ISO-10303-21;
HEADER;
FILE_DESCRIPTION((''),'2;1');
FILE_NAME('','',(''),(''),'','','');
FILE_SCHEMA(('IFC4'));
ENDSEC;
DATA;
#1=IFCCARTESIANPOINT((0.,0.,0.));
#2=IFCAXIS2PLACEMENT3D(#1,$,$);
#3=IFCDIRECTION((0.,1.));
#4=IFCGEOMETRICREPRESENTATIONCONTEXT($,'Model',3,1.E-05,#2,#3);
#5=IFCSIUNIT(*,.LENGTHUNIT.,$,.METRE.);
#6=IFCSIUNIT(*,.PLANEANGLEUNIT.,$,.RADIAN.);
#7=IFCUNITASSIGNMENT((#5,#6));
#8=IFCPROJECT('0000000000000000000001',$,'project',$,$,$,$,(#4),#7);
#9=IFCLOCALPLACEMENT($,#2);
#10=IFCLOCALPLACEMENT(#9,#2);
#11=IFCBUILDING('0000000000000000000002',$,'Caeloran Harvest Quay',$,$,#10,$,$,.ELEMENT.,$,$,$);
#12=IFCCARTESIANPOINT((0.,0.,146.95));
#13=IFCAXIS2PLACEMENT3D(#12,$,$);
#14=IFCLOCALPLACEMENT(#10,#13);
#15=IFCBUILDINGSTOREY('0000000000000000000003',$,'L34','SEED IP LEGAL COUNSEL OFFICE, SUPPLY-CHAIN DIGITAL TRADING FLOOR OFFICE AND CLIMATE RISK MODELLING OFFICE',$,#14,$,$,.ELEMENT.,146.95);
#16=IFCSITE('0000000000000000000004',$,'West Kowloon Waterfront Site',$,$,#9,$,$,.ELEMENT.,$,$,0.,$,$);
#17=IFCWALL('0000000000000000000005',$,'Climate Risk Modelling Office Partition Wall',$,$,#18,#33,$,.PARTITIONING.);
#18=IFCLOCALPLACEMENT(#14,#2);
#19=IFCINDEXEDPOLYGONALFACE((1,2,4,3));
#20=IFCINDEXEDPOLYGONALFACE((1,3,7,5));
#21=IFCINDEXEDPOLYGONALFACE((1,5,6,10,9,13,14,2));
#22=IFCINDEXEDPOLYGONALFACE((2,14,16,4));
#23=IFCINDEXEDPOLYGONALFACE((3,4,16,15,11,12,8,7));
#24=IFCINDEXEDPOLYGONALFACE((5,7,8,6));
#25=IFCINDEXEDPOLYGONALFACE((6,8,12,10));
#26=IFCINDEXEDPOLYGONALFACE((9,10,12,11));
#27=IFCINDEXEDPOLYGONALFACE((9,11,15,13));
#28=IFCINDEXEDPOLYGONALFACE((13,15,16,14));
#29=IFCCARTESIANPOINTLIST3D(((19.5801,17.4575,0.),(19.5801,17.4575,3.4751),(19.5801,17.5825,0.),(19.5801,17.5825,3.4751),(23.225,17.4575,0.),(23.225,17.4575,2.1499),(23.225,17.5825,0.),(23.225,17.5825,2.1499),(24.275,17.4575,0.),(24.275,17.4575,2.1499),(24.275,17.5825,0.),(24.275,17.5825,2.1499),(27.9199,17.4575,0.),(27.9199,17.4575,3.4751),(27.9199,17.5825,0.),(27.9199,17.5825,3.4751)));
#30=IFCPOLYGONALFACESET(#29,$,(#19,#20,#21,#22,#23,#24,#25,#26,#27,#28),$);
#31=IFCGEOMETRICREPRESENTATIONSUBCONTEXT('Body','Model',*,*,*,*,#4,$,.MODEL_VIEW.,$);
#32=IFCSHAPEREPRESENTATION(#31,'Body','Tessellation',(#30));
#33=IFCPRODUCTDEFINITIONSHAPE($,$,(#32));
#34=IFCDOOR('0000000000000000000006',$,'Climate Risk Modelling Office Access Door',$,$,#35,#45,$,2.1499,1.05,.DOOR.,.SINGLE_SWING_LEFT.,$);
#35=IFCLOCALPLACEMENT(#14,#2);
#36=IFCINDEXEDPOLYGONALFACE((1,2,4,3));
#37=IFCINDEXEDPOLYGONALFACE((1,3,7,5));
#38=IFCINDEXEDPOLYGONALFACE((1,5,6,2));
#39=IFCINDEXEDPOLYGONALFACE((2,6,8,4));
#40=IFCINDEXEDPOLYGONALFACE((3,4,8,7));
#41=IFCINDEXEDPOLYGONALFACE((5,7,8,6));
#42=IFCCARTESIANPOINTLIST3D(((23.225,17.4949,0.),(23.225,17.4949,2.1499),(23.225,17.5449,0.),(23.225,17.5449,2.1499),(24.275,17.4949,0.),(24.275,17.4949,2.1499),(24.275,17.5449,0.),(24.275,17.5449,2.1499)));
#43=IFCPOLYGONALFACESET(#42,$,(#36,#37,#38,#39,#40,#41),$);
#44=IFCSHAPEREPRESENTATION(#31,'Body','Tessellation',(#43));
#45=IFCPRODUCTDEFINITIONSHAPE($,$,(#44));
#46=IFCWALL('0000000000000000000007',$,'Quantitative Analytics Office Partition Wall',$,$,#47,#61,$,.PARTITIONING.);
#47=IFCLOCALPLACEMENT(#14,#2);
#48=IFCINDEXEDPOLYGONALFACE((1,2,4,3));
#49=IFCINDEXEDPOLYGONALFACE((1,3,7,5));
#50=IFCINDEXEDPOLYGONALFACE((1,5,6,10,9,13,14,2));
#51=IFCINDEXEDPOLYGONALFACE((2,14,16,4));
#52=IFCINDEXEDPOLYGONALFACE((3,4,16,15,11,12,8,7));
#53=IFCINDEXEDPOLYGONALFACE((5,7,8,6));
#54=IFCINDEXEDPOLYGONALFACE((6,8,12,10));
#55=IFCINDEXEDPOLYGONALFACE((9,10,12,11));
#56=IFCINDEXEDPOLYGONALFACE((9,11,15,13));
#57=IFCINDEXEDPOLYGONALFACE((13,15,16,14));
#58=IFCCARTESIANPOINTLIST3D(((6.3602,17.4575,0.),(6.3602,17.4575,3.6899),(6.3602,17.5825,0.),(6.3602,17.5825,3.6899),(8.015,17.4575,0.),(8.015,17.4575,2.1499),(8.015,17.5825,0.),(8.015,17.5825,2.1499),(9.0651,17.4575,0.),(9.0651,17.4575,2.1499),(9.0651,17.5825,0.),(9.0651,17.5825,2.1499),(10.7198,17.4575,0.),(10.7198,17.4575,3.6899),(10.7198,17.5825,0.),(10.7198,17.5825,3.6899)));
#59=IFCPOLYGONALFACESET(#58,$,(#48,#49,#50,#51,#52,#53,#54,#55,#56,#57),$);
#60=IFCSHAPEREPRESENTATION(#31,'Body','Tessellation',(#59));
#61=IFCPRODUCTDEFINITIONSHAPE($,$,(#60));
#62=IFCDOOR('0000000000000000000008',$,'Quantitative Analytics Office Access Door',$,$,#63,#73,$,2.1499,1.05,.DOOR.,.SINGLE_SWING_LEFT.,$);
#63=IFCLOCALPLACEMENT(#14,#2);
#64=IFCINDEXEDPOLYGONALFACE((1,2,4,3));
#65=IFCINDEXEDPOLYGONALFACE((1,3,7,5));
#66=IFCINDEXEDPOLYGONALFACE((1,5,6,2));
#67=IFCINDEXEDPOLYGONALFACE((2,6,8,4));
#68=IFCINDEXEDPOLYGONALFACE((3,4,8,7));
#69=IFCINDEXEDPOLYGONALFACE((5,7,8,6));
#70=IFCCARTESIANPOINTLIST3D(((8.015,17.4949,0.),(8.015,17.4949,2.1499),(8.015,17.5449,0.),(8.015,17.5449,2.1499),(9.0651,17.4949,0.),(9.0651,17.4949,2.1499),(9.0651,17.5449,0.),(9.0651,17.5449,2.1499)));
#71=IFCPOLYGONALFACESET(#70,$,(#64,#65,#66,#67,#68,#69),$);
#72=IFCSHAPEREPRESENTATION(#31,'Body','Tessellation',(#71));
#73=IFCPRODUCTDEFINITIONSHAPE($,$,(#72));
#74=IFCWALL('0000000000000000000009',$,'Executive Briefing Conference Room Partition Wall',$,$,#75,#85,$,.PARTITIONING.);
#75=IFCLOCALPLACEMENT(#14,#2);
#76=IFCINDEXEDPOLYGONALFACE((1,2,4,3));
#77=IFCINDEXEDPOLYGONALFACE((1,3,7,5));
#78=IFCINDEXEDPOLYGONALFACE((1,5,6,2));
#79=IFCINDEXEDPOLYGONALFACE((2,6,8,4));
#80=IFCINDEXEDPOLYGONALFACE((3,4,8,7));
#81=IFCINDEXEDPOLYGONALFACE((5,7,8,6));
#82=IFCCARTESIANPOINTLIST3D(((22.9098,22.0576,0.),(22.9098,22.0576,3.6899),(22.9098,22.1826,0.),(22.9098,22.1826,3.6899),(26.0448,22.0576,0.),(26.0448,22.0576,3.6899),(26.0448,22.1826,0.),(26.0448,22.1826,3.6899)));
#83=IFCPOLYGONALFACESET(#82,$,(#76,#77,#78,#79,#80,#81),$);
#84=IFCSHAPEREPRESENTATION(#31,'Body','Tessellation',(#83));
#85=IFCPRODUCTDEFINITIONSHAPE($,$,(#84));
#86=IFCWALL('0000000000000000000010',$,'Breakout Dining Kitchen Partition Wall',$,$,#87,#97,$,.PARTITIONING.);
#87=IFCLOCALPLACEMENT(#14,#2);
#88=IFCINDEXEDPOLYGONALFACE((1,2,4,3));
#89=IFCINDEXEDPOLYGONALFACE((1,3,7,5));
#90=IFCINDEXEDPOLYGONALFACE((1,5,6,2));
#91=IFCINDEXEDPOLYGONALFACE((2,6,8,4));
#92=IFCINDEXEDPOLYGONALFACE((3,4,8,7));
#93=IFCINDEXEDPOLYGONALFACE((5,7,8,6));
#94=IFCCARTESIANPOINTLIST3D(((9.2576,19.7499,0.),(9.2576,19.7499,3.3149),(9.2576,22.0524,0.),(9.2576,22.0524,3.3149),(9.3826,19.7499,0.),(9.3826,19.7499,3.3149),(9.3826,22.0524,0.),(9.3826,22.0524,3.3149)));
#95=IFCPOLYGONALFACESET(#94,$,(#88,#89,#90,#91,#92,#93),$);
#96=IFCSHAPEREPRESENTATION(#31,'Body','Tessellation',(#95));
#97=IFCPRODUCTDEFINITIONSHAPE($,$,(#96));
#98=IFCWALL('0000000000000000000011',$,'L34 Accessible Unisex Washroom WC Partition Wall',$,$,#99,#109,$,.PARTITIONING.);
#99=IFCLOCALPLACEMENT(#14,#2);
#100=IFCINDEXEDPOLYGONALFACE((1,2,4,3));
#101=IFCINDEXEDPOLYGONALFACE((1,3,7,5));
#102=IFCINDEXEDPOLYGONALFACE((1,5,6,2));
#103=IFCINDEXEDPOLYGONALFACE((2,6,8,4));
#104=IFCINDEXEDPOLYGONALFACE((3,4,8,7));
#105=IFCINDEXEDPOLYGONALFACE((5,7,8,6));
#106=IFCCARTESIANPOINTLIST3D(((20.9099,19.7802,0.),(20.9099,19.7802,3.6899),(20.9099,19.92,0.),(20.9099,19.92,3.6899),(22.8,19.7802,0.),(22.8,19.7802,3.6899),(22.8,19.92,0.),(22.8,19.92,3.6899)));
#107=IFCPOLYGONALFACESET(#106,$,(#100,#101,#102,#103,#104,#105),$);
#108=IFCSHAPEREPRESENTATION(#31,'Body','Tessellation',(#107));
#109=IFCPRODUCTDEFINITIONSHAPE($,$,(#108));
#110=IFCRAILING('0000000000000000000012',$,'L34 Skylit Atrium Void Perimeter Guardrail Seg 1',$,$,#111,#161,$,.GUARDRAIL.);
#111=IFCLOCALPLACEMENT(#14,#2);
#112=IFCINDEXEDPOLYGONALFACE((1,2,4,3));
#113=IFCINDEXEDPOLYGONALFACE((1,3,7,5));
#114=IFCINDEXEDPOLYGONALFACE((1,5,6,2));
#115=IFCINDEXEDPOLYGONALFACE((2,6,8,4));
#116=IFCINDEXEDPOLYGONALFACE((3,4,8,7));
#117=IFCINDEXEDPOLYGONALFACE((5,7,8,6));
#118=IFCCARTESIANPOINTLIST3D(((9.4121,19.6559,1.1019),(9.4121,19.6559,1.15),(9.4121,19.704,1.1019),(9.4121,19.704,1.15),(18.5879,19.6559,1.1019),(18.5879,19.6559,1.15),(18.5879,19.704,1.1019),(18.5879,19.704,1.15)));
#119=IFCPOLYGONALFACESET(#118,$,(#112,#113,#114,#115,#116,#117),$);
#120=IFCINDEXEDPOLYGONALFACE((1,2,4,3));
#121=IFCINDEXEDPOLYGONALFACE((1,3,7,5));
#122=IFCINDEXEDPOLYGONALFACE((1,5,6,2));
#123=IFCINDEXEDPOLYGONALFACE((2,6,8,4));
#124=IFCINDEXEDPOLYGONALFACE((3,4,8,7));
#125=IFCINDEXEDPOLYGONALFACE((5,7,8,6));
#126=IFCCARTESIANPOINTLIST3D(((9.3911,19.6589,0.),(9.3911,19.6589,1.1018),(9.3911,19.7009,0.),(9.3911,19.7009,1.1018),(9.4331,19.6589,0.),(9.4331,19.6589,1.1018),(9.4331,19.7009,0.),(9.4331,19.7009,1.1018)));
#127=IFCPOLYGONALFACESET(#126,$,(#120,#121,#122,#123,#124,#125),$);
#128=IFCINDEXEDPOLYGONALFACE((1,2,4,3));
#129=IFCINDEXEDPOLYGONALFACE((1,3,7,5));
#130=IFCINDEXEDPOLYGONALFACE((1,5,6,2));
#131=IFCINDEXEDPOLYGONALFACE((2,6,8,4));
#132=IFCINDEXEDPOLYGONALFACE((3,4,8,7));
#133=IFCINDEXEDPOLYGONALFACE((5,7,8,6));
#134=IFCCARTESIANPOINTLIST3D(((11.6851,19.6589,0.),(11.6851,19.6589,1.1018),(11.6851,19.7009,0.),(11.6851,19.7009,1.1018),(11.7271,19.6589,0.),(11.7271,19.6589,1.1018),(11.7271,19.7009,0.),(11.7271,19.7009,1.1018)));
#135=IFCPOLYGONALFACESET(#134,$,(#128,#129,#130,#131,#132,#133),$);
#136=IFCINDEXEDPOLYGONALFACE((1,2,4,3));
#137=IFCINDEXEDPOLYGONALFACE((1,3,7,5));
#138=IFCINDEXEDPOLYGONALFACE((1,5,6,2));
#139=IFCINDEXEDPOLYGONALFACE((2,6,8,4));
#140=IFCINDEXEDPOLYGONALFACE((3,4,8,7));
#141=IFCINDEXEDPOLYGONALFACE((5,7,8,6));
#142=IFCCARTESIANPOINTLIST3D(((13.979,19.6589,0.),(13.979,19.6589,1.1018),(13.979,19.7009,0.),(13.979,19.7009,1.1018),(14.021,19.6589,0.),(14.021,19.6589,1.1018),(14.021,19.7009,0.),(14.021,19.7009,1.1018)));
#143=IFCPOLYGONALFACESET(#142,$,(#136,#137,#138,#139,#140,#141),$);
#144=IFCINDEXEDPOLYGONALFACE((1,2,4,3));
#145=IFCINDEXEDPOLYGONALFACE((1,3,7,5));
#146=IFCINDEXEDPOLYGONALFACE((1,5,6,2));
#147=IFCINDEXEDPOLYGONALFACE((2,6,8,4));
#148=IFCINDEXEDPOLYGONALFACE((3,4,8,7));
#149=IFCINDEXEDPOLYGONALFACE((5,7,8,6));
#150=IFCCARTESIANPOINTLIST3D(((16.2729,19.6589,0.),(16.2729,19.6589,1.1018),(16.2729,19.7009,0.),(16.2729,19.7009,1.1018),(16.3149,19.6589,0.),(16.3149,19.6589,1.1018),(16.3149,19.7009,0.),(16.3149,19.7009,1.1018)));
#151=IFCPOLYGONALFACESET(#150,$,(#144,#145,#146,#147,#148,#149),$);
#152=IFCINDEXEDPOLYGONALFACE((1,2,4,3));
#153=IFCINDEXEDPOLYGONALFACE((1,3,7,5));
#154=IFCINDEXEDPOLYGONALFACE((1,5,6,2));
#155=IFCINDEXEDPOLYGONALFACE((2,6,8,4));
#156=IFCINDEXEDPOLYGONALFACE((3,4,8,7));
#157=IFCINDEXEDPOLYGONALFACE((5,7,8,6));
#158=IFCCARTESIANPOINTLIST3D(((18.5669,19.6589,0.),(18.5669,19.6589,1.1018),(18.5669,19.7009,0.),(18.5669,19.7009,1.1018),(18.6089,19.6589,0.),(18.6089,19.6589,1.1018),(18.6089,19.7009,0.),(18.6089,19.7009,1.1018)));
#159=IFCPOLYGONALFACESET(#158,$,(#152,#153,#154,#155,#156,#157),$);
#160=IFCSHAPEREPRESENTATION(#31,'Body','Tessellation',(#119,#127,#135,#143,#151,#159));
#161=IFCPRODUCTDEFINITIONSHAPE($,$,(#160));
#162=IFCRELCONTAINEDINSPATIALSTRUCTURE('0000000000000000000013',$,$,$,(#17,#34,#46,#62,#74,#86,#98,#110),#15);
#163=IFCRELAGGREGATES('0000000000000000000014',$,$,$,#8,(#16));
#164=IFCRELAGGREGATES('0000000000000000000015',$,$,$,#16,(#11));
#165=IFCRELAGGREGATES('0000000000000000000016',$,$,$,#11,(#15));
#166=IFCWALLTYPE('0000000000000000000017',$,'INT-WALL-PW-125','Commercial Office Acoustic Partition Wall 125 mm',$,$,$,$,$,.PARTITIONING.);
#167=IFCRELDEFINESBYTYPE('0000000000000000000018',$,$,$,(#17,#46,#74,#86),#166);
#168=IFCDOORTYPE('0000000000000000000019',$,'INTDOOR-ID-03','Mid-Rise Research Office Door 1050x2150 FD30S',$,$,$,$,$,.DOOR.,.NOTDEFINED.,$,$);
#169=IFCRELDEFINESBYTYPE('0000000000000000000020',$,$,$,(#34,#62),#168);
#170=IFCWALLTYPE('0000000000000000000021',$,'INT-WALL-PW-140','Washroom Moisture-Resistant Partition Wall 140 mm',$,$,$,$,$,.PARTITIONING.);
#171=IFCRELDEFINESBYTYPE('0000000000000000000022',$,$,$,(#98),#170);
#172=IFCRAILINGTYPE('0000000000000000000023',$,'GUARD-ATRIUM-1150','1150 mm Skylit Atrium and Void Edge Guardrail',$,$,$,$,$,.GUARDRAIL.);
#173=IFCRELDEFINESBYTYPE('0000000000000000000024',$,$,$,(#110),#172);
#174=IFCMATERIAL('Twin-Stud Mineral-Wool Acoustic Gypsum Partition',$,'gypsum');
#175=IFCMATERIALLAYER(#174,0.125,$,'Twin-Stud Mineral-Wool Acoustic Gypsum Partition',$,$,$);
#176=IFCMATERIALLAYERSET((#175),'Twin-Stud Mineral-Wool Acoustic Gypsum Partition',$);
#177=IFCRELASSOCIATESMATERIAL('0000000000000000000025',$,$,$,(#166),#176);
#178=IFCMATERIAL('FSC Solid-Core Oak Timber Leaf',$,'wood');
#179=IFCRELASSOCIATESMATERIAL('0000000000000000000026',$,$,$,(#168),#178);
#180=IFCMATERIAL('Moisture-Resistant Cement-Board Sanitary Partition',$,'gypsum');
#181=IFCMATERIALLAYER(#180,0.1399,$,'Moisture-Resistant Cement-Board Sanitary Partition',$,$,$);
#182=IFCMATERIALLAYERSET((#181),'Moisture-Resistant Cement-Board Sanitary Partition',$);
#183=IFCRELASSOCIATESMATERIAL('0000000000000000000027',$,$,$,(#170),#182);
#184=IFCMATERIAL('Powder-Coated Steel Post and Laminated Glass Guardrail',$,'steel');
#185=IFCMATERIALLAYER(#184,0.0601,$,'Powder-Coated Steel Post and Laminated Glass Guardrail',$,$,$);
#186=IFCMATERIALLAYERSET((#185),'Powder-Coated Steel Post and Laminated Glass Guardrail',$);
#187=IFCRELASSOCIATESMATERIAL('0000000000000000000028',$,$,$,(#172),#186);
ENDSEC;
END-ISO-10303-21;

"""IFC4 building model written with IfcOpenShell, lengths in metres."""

from ifc_helpers import new_model, si_unit, direction, frame, frame_2d, origin, origin_2d, place, context, subcontext, project, spatial, rectangle, extrude, material, layer, layer_set, type_object, element, fill, save


model = new_model("IFC4")

# Units and contexts
model_context = context("Model", 3, precision=1e-05, world=origin(), true_north=direction((0.0, 1.0)))
body_context = subcontext(model_context, "Body", "Model", "MODEL_VIEW")
ifc_project = project(units=[si_unit("LENGTHUNIT", "METRE"), si_unit("PLANEANGLEUNIT", "RADIAN")], contexts=[model_context])

# Site, building, storey
site_placement = place(None, origin())
site = spatial("IfcSite", under=ifc_project, at=site_placement, Name="West Kowloon Waterfront Site", CompositionType="ELEMENT", RefElevation=0.0)
building_placement = place(site_placement, origin())
building = spatial("IfcBuilding", under=site, at=building_placement, Name="Caeloran Harvest Quay", CompositionType="ELEMENT")
storey_placement = place(building_placement, frame((0.0, 0.0, 146.95)))
storey = spatial("IfcBuildingStorey", under=building, at=storey_placement, Name="L34", Description="SEED IP LEGAL COUNSEL OFFICE, SUPPLY-CHAIN DIGITAL TRADING FLOOR OFFICE AND CLIMATE RISK MODELLING OFFICE", CompositionType="ELEMENT", Elevation=146.95)

# Shared definitions
ifc_material_1 = material(Name="Twin-Stud Mineral-Wool Acoustic Gypsum Partition", Category="gypsum")
ifc_layer_1 = layer(ifc_material_1, 0.125, Name="Twin-Stud Mineral-Wool Acoustic Gypsum Partition")
ifc_layer_set_1 = layer_set([ifc_layer_1], Name="Twin-Stud Mineral-Wool Acoustic Gypsum Partition")
wall_type_1 = type_object("IfcWallType", Name="INT-WALL-PW-125", Description="Commercial Office Acoustic Partition Wall 125 mm", PredefinedType="PARTITIONING", material=ifc_layer_set_1)
ifc_material_2 = material(Name="FSC Solid-Core Oak Timber Leaf", Category="wood")
door_type_1 = type_object("IfcDoorType", Name="INTDOOR-ID-03", Description="Mid-Rise Research Office Door 1050x2150 FD30S", OperationType="NOTDEFINED", PredefinedType="DOOR", material=ifc_material_2)

# Walls, openings, doors
wall_1_placement = place(storey_placement, frame((19.5801, 17.52, 0.0), z_axis=(0.0, 0.0, 1.0), x_axis=(1.0, 0.0, 0.0)))
wall_1 = element("IfcWall", 1, at=wall_1_placement, inside=storey, type_object=wall_type_1, Name="Climate Risk Modelling Office Partition Wall", PredefinedType="PARTITIONING", context=body_context, shape_type="SweptSolid", body=[
    extrude(rectangle(XDim=8.3398, YDim=0.125, at=frame_2d((4.1699, 0.0))), origin(), (0.0, 0.0, 1.0), 3.4751),
])
opening_1_placement = place(wall_1_placement, frame((3.645, 0.0, 0.0)))
opening_1 = element("IfcOpeningElement", 2, at=opening_1_placement, cuts=wall_1, PredefinedType="OPENING", context=body_context, shape_type="SweptSolid", body=[
    extrude(rectangle(XDim=1.05, YDim=2.1499, at=frame_2d((0.5249, 1.075))), frame((0.0, 0.0725, 0.0), z_axis=(0.0, -1.0, 0.0), x_axis=(1.0, 0.0, 0.0)), (0.0, 0.0, 1.0), 0.145),
])
door_1_placement = place(opening_1_placement, origin())
door_1 = element("IfcDoor", 3, at=door_1_placement, inside=storey, type_object=door_type_1, Name="Climate Risk Modelling Office Access Door", OperationType="SINGLE_SWING_LEFT", OverallHeight=2.1499, OverallWidth=1.05, PredefinedType="DOOR", context=body_context, shape_type="SweptSolid", body=[
    extrude(rectangle(XDim=1.05, YDim=2.1499, at=frame_2d((0.5249, 1.075))), frame((0.0, 0.0249, 0.0), z_axis=(0.0, -1.0, 0.0), x_axis=(1.0, 0.0, 0.0)), (0.0, 0.0, 1.0), 0.05),
])
fill(opening_1, door_1)
wall_2_placement = place(storey_placement, frame((6.3604, 17.52, 0.0), z_axis=(0.0, 0.0, 1.0), x_axis=(1.0, 0.0, 0.0)))
wall_2 = element("IfcWall", 4, at=wall_2_placement, inside=storey, type_object=wall_type_1, Name="Quantitative Analytics Office Partition Wall", PredefinedType="PARTITIONING", context=body_context, shape_type="SweptSolid", body=[
    extrude(rectangle(XDim=4.3596, YDim=0.125, at=frame_2d((2.1797, 0.0))), origin(), (0.0, 0.0, 1.0), 3.6899),
])
opening_2_placement = place(wall_2_placement, frame((1.6548, 0.0, 0.0)))
opening_2 = element("IfcOpeningElement", 5, at=opening_2_placement, cuts=wall_2, PredefinedType="OPENING", context=body_context, shape_type="SweptSolid", body=[
    extrude(rectangle(XDim=1.05, YDim=2.1499, at=frame_2d((0.5249, 1.075))), frame((0.0, 0.0725, 0.0), z_axis=(0.0, -1.0, 0.0), x_axis=(1.0, 0.0, 0.0)), (0.0, 0.0, 1.0), 0.145),
])
door_2_placement = place(opening_2_placement, origin())
door_2 = element("IfcDoor", 6, at=door_2_placement, inside=storey, type_object=door_type_1, Name="Quantitative Analytics Office Access Door", OperationType="SINGLE_SWING_LEFT", OverallHeight=2.1499, OverallWidth=1.05, PredefinedType="DOOR", context=body_context, shape_type="SweptSolid", body=[
    extrude(rectangle(XDim=1.05, YDim=2.1499, at=frame_2d((0.5249, 1.075))), frame((0.0, 0.0249, 0.0), z_axis=(0.0, -1.0, 0.0), x_axis=(1.0, 0.0, 0.0)), (0.0, 0.0, 1.0), 0.05),
])
fill(opening_2, door_2)

# Walls
wall_3_placement = place(storey_placement, frame((22.9099, 22.1201, 0.0), z_axis=(0.0, 0.0, 1.0), x_axis=(1.0, 0.0, 0.0)))
element("IfcWall", 7, at=wall_3_placement, inside=storey, type_object=wall_type_1, Name="Executive Briefing Conference Room Partition Wall", PredefinedType="PARTITIONING", context=body_context, shape_type="SweptSolid", body=[
    extrude(rectangle(XDim=3.135, YDim=0.125, at=frame_2d((1.5674, 0.0))), origin(), (0.0, 0.0, 1.0), 3.6899),
])
wall_4_placement = place(storey_placement, frame((9.3201, 22.0525, 0.0), z_axis=(0.0, 0.0, 1.0), x_axis=(0.0, -1.0, 0.0)))
element("IfcWall", 8, at=wall_4_placement, inside=storey, type_object=wall_type_1, Name="Breakout Dining Kitchen Partition Wall", PredefinedType="PARTITIONING", context=body_context, shape_type="SweptSolid", body=[
    extrude(rectangle(XDim=2.3025, YDim=0.125, at=frame_2d((1.1514, 0.0))), origin(), (0.0, 0.0, 1.0), 3.3149),
])

# Wall
ifc_material_3 = material(Name="Moisture-Resistant Cement-Board Sanitary Partition", Category="gypsum")
ifc_layer_2 = layer(ifc_material_3, 0.1399, Name="Moisture-Resistant Cement-Board Sanitary Partition")
ifc_layer_set_2 = layer_set([ifc_layer_2], Name="Moisture-Resistant Cement-Board Sanitary Partition")
wall_type_2 = type_object("IfcWallType", Name="INT-WALL-PW-140", Description="Washroom Moisture-Resistant Partition Wall 140 mm", PredefinedType="PARTITIONING", material=ifc_layer_set_2)
wall_5_placement = place(storey_placement, frame((22.8, 19.8501, 0.0), z_axis=(0.0, 0.0, 1.0), x_axis=(-1.0, 0.0, 0.0)))
element("IfcWall", 9, at=wall_5_placement, inside=storey, type_object=wall_type_2, Name="L34 Accessible Unisex Washroom WC Partition Wall", PredefinedType="PARTITIONING", context=body_context, shape_type="SweptSolid", body=[
    extrude(rectangle(XDim=1.8901, YDim=0.1399, at=frame_2d((0.9451, 0.0))), origin(), (0.0, 0.0, 1.0), 3.6899),
])

# Railing
ifc_material_4 = material(Name="Powder-Coated Steel Post and Laminated Glass Guardrail", Category="steel")
ifc_layer_3 = layer(ifc_material_4, 0.0601, Name="Powder-Coated Steel Post and Laminated Glass Guardrail")
ifc_layer_set_3 = layer_set([ifc_layer_3], Name="Powder-Coated Steel Post and Laminated Glass Guardrail")
railing_type = type_object("IfcRailingType", Name="GUARD-ATRIUM-1150", Description="1150 mm Skylit Atrium and Void Edge Guardrail", PredefinedType="GUARDRAIL", material=ifc_layer_set_3)
railing_1_placement = place(storey_placement, frame((9.4121, 19.6799, 0.0)))
element("IfcRailing", 10, at=railing_1_placement, inside=storey, type_object=railing_type, Name="L34 Skylit Atrium Void Perimeter Guardrail Seg 1", PredefinedType="GUARDRAIL", context=body_context, shape_type="SweptSolid", body=[
    extrude(rectangle(XDim=0.0481, YDim=0.0481, at=origin_2d()), frame((0.0, 0.0, 1.126), z_axis=(1.0, 0.0, 0.0), x_axis=(0.0, 1.0, 0.0)), (0.0, 0.0, 1.0), 9.1758),
    extrude(rectangle(XDim=0.042, YDim=0.042, at=origin_2d()), origin(), (0.0, 0.0, 1.0), 1.1018),
    extrude(rectangle(XDim=0.042, YDim=0.042, at=origin_2d()), frame((2.2939, 0.0, 0.0)), (0.0, 0.0, 1.0), 1.1018),
    extrude(rectangle(XDim=0.042, YDim=0.042, at=origin_2d()), frame((4.5879, 0.0, 0.0)), (0.0, 0.0, 1.0), 1.1018),
    extrude(rectangle(XDim=0.042, YDim=0.042, at=origin_2d()), frame((6.8818, 0.0, 0.0)), (0.0, 0.0, 1.0), 1.1018),
    extrude(rectangle(XDim=0.042, YDim=0.042, at=origin_2d()), frame((9.1758, 0.0, 0.0)), (0.0, 0.0, 1.0), 1.1018),
])

save(model, "model.ifc")
